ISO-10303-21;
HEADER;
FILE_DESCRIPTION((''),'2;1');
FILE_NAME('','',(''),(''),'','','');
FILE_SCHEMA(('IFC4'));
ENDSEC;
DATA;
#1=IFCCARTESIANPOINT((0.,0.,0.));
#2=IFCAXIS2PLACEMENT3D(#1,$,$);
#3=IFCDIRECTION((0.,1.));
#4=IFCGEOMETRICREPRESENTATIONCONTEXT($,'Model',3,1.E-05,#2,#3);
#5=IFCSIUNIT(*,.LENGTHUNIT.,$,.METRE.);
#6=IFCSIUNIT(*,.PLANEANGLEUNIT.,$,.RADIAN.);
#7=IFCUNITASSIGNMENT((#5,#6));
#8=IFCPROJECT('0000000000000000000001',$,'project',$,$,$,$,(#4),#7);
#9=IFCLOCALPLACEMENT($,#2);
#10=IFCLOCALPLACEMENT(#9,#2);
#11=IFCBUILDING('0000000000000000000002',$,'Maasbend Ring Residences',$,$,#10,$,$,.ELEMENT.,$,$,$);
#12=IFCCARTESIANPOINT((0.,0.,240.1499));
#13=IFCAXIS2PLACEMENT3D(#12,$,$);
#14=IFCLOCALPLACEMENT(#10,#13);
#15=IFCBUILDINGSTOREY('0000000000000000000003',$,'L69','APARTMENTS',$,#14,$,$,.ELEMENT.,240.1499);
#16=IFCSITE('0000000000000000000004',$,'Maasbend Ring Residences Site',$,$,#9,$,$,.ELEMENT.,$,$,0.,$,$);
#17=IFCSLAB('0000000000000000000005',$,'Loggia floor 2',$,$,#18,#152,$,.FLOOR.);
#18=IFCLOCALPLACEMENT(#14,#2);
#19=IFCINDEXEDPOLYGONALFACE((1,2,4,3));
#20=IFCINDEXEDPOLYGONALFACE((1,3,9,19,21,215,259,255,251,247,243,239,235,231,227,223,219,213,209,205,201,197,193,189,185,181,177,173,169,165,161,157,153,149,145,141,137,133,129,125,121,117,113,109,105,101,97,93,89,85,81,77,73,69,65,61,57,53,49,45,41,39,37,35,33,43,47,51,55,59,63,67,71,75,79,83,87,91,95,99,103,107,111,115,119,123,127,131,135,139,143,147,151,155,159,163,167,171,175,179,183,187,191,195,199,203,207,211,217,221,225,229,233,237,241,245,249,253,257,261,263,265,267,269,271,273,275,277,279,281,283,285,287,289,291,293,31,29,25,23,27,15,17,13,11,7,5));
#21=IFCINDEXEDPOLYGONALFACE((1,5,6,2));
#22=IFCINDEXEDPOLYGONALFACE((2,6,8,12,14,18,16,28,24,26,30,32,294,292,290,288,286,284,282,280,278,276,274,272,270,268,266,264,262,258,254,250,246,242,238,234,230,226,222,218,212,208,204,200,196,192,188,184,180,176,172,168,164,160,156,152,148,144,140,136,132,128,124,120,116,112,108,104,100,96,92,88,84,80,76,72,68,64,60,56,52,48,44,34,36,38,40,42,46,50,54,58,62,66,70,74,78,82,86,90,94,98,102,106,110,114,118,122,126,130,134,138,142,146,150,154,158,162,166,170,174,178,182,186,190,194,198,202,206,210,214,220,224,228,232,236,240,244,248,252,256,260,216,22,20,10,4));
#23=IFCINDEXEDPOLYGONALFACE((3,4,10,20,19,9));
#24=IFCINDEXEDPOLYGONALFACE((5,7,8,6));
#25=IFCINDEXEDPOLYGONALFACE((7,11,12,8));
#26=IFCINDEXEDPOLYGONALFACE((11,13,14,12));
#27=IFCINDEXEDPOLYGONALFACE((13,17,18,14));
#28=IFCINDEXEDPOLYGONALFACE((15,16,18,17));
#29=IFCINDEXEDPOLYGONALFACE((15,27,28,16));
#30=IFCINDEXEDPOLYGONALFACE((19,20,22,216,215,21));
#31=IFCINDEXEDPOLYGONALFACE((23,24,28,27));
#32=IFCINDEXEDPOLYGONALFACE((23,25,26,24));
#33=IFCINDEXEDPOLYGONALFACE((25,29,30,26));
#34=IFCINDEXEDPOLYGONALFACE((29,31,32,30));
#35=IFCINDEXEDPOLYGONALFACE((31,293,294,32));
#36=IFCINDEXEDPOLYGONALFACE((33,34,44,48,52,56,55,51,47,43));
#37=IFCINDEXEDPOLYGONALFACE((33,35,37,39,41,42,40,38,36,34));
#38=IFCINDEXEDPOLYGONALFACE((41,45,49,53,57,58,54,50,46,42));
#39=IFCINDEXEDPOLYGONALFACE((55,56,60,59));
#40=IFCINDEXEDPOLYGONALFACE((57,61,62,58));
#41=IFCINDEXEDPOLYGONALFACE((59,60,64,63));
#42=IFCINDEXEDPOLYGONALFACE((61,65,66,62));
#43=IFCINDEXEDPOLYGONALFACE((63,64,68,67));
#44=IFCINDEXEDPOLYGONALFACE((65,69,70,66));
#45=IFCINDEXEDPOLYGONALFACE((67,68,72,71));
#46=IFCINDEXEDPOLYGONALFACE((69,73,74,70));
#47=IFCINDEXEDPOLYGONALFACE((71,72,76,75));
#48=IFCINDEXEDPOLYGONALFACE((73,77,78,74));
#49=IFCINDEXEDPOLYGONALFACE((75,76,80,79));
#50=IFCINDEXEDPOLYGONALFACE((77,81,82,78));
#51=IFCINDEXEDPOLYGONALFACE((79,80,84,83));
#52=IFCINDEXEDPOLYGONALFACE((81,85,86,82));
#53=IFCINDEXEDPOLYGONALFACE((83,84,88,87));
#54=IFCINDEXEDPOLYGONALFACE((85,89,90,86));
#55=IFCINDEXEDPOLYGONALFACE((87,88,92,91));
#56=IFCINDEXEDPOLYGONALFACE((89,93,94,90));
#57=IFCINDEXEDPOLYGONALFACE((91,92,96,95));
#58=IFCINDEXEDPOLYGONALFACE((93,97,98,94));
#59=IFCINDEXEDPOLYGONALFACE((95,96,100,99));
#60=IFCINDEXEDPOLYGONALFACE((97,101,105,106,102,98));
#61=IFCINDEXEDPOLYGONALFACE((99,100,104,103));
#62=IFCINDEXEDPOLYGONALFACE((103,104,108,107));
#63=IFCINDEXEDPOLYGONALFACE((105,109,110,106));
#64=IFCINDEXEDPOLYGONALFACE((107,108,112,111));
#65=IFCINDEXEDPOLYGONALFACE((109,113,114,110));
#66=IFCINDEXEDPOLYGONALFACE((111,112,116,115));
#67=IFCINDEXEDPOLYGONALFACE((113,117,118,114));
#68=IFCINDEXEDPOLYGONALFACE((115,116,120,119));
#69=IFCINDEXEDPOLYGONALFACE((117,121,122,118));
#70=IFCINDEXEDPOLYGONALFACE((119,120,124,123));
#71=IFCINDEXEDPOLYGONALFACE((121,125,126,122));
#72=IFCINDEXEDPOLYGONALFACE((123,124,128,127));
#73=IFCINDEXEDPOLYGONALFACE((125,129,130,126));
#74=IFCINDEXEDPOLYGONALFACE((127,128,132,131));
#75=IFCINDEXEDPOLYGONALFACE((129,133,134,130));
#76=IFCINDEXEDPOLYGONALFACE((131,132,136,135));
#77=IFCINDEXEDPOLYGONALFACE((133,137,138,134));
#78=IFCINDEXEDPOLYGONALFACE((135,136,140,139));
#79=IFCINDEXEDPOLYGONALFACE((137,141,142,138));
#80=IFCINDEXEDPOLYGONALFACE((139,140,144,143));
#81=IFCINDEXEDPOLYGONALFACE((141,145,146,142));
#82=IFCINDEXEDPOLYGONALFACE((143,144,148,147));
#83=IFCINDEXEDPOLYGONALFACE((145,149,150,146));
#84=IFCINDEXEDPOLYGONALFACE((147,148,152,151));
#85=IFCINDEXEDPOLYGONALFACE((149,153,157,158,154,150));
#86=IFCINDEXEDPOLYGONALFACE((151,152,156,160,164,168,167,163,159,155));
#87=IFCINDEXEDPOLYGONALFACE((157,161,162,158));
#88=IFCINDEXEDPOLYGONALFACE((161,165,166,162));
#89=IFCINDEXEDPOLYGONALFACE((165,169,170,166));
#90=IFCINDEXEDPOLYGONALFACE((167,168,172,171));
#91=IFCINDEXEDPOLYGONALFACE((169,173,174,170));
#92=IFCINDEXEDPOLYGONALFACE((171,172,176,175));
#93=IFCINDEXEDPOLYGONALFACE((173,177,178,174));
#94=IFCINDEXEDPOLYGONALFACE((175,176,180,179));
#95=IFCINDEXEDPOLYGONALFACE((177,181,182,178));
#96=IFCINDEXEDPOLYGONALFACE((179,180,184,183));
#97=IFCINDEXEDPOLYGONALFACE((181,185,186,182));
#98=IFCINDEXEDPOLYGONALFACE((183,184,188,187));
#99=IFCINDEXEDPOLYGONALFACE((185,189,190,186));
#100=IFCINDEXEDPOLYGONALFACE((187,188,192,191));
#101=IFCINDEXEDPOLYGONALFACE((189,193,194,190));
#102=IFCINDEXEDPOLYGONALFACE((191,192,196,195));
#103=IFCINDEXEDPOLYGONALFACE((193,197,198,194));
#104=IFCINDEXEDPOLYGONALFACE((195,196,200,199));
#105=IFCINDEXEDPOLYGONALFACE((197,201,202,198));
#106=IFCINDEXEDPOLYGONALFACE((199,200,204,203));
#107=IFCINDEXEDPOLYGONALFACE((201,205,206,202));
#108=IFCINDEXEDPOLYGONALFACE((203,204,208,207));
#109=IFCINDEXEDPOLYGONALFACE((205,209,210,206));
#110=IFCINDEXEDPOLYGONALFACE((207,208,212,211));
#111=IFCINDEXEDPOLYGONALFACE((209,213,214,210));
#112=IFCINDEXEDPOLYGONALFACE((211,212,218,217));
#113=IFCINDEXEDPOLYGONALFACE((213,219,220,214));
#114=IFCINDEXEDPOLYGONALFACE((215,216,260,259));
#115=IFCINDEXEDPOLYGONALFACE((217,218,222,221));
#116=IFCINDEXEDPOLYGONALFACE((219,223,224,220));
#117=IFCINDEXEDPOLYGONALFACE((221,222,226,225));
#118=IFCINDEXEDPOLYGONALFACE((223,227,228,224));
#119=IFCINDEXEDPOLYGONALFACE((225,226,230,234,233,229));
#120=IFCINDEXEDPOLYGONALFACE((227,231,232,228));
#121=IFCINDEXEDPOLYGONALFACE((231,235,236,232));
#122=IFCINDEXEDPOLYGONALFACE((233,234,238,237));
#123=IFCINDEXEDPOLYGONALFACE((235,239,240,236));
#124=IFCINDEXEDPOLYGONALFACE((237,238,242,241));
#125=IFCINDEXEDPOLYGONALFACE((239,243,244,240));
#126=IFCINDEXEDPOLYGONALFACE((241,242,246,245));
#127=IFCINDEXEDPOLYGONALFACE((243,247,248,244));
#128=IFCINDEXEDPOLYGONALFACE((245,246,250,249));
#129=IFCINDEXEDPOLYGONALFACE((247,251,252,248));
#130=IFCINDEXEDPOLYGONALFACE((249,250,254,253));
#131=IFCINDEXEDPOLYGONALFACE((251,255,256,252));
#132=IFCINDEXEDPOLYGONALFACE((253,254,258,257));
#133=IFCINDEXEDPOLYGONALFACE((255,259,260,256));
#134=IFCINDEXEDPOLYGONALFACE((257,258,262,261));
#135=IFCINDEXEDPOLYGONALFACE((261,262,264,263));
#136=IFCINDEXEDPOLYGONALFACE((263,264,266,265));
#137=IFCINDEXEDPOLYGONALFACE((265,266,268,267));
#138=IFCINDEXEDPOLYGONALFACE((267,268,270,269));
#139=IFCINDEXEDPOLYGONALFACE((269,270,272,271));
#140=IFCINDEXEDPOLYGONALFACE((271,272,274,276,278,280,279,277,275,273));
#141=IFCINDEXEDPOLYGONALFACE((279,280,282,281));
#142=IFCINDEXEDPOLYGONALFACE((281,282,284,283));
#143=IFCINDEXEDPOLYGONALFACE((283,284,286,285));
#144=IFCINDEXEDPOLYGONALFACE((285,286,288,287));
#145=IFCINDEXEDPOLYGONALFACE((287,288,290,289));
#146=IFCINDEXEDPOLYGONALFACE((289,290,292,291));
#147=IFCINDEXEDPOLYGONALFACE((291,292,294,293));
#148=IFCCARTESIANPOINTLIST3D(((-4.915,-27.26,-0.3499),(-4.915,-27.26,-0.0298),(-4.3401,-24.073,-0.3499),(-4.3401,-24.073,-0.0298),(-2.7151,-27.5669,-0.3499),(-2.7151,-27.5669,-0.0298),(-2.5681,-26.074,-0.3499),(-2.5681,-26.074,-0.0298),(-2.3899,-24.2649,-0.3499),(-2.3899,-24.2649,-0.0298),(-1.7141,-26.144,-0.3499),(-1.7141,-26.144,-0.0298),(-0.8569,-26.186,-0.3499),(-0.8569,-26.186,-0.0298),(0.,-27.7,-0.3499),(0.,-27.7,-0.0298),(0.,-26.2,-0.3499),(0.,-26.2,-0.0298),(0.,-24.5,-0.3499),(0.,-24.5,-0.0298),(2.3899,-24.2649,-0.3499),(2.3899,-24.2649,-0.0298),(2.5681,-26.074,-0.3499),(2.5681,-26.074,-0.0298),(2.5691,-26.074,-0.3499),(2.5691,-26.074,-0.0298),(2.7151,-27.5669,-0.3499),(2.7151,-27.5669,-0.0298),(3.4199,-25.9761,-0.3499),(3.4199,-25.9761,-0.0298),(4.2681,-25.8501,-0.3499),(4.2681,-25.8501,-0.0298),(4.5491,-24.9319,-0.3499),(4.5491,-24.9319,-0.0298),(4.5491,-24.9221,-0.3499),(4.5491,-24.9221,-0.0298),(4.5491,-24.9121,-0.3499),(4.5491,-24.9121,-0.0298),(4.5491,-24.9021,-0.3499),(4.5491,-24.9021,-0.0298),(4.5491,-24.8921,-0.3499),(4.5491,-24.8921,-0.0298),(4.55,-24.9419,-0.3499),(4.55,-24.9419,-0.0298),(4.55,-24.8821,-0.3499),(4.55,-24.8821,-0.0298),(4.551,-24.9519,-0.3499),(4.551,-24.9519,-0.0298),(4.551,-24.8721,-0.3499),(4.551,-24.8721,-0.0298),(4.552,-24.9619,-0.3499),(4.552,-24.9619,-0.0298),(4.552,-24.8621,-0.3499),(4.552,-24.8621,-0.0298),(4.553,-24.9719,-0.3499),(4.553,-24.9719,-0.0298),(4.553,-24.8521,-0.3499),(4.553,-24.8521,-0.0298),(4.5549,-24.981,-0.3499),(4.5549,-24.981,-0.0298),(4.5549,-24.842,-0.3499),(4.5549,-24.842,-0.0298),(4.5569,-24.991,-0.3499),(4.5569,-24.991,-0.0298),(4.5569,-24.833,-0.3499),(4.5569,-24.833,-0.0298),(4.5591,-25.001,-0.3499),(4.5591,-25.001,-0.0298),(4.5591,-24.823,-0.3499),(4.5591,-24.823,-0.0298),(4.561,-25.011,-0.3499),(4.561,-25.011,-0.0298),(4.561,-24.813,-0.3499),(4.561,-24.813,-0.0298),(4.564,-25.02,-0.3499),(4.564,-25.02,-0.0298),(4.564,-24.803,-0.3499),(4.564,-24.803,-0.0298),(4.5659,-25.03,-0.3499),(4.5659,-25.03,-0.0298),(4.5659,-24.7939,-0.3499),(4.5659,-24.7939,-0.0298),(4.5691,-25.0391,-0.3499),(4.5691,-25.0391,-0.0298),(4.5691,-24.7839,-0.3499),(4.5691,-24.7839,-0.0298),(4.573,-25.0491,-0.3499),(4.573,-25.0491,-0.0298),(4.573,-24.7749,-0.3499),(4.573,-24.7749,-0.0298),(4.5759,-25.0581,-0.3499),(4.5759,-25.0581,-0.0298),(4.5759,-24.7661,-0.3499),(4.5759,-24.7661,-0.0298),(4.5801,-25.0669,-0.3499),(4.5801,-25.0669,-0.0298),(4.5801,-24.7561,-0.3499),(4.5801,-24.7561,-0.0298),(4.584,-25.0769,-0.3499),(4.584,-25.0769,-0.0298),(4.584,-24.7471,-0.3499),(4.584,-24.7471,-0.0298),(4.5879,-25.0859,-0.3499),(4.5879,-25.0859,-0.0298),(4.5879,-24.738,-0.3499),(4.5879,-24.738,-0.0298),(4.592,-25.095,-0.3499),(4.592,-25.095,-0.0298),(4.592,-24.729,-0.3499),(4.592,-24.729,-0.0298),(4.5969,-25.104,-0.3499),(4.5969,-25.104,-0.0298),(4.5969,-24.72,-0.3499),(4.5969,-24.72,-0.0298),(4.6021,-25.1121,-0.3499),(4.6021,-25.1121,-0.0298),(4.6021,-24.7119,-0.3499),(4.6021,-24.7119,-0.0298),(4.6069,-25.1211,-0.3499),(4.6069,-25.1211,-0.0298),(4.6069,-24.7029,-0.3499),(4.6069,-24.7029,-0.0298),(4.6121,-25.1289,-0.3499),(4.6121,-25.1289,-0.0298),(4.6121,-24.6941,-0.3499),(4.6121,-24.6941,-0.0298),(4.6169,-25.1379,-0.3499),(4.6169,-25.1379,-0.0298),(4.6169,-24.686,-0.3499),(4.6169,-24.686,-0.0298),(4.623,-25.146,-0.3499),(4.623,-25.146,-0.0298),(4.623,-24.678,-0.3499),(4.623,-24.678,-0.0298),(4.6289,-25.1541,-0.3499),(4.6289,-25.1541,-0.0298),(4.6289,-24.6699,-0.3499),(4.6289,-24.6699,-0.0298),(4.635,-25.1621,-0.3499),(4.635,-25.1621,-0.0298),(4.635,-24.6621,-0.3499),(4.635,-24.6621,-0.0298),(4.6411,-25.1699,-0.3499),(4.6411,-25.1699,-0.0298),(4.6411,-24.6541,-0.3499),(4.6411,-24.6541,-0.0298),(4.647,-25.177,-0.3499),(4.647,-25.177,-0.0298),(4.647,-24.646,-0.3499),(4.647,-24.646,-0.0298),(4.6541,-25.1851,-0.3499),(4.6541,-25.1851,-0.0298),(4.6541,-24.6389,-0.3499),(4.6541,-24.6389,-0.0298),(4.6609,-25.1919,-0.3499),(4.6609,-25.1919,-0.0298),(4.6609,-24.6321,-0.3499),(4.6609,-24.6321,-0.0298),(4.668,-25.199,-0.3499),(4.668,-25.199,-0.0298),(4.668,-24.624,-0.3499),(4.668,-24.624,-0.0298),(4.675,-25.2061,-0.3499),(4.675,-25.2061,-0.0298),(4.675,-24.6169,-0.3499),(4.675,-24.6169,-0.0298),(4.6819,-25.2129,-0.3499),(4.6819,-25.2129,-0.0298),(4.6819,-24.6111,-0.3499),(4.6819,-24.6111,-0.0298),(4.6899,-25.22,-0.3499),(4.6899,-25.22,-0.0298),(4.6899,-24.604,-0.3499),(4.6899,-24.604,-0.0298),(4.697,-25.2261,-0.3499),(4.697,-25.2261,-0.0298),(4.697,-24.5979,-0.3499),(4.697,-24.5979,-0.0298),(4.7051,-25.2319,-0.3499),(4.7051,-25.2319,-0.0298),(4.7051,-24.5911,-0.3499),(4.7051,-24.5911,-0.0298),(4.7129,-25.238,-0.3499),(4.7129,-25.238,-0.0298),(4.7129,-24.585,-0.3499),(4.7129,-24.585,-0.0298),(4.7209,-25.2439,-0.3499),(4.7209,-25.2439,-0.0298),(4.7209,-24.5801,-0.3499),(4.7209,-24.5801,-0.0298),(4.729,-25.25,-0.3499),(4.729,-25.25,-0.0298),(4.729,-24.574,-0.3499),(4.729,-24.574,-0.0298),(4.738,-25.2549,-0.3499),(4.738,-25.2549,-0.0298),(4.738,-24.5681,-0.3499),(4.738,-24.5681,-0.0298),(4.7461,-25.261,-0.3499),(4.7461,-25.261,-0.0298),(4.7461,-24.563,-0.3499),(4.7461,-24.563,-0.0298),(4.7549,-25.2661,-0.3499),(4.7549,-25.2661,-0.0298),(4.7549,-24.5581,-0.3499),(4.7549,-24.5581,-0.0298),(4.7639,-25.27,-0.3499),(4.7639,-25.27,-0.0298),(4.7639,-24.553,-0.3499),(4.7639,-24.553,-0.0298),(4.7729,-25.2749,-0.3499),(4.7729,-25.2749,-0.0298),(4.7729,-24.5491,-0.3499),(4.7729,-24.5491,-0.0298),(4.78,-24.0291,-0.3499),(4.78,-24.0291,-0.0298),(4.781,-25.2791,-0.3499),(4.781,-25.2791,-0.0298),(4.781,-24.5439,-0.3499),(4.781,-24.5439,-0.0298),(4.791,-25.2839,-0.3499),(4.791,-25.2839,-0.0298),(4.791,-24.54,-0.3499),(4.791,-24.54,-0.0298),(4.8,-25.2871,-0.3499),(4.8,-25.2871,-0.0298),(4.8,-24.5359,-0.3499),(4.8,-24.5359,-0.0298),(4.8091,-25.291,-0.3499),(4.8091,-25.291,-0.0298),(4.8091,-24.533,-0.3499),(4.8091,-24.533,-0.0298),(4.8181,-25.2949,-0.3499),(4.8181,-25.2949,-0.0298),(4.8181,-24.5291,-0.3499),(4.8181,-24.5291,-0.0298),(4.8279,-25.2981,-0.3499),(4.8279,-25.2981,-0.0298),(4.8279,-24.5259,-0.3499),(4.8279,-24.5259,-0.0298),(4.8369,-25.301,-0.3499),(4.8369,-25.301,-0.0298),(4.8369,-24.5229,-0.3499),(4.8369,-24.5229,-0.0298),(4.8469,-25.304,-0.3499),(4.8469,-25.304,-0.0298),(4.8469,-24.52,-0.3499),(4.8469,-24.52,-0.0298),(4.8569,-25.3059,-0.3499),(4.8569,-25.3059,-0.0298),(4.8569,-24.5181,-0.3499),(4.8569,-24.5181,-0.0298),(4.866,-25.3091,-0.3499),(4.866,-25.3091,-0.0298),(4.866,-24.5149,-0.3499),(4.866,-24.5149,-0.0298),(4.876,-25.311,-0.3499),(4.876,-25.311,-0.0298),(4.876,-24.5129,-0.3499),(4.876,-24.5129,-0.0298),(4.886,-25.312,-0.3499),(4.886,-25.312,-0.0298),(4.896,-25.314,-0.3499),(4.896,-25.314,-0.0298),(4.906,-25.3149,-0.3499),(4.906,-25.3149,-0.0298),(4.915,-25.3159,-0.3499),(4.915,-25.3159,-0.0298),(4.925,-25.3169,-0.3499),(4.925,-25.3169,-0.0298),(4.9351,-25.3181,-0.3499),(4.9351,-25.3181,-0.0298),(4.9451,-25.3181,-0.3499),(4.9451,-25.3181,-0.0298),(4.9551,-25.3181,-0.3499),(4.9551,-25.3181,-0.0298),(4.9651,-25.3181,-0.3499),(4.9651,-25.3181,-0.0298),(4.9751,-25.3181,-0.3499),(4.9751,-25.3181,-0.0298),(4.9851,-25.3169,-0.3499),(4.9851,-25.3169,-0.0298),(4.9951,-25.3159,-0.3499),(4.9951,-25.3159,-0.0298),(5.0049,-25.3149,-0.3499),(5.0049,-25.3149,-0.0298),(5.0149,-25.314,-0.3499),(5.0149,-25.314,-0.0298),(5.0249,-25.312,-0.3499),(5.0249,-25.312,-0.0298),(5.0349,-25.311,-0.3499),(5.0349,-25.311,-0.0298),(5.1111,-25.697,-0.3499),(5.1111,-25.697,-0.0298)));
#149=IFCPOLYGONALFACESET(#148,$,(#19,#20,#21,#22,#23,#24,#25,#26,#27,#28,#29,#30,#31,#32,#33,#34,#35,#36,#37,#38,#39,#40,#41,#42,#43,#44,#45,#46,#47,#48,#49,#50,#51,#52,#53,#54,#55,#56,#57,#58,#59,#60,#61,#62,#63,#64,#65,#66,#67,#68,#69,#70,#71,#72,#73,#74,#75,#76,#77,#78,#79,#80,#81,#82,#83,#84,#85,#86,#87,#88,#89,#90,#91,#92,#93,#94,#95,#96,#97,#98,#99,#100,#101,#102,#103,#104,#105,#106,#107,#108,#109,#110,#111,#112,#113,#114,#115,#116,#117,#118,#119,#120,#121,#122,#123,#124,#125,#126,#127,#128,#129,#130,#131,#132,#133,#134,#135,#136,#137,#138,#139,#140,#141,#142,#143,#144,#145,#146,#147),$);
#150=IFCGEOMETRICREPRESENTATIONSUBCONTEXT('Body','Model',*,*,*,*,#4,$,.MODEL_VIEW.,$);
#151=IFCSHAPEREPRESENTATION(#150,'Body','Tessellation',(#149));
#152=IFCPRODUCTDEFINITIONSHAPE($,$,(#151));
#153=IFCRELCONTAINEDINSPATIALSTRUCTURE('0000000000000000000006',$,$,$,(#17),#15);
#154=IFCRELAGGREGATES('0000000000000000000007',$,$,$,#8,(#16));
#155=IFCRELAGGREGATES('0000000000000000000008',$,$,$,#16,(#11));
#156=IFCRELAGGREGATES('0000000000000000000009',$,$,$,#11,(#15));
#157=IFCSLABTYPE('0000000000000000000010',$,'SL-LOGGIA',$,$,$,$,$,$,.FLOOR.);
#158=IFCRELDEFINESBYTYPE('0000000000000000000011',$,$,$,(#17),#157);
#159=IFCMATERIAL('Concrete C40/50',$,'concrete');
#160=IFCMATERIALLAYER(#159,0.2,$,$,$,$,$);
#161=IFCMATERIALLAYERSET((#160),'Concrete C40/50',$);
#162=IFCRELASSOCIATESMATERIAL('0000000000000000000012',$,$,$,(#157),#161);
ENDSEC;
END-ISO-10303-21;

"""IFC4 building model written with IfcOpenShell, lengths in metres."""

from ifc_helpers import new_model, si_unit, direction, frame, origin, place, context, subcontext, project, spatial, polyline, outline, extrude, material, layer, layer_set, type_object, element, save


model = new_model("IFC4")

# Units and contexts
model_context = context("Model", 3, precision=1e-05, world=origin(), true_north=direction((0.0, 1.0)))
body_context = subcontext(model_context, "Body", "Model", "MODEL_VIEW")
ifc_project = project(units=[si_unit("LENGTHUNIT", "METRE"), si_unit("PLANEANGLEUNIT", "RADIAN")], contexts=[model_context])

# Site, building, storey
site_placement = place(None, origin())
site = spatial("IfcSite", under=ifc_project, at=site_placement, Name="Maasbend Ring Residences Site", CompositionType="ELEMENT", RefElevation=0.0)
building_placement = place(site_placement, origin())
building = spatial("IfcBuilding", under=site, at=building_placement, Name="Maasbend Ring Residences", CompositionType="ELEMENT")
storey_placement = place(building_placement, frame((0.0, 0.0, 240.1499)))
storey = spatial("IfcBuildingStorey", under=building, at=storey_placement, Name="L69", Description="APARTMENTS", CompositionType="ELEMENT", Elevation=240.1499)

# Slab
ifc_material_1 = material(Name="Concrete C40/50", Category="concrete")
ifc_layer_1 = layer(ifc_material_1, 0.2)
ifc_layer_set_1 = layer_set([ifc_layer_1], Name="Concrete C40/50")
slab_type = type_object("IfcSlabType", Name="SL-LOGGIA", PredefinedType="FLOOR", material=ifc_layer_set_1)
slab_1_placement = place(storey_placement, frame((0.0, 0.0, -0.3499)))
element("IfcSlab", 1, at=slab_1_placement, inside=storey, type_object=slab_type, Name="Loggia floor 2", PredefinedType="FLOOR", context=body_context, shape_type="SweptSolid", body=[
    extrude(outline(polyline([(-2.3899, -24.2649), (0.0, -24.5), (0.0, -24.5), (0.0, -24.5), (2.3899, -24.2649), (4.78, -24.0291), (4.78, -24.0291), (4.78, -24.0291), (4.876, -24.5129), (4.866, -24.5149), (4.8569, -24.5181), (4.8469, -24.52), (4.8369, -24.5229), (4.8279, -24.5259), (4.8181, -24.5291), (4.8091, -24.533), (4.8, -24.5359), (4.791, -24.54), (4.781, -24.5439), (4.7729, -24.5491), (4.7639, -24.553), (4.7549, -24.5581), (4.7461, -24.563), (4.738, -24.5681), (4.729, -24.574), (4.7209, -24.5801), (4.7129, -24.585), (4.7051, -24.5911), (4.697, -24.5979), (4.6899, -24.604), (4.6819, -24.6111), (4.675, -24.6169), (4.668, -24.624), (4.6609, -24.6321), (4.6541, -24.6389), (4.647, -24.646), (4.6411, -24.6541), (4.635, -24.6621), (4.6289, -24.6699), (4.623, -24.678), (4.6169, -24.686), (4.6121, -24.6941), (4.6069, -24.7029), (4.6021, -24.7119), (4.5969, -24.72), (4.592, -24.729), (4.5879, -24.738), (4.584, -24.7471), (4.5801, -24.7561), (4.5759, -24.7661), (4.573, -24.7749), (4.5691, -24.7839), (4.5659, -24.7939), (4.564, -24.803), (4.561, -24.813), (4.5591, -24.823), (4.5569, -24.833), (4.5549, -24.842), (4.553, -24.8521), (4.552, -24.8621), (4.551, -24.8721), (4.55, -24.8821), (4.5491, -24.8921), (4.5491, -24.9021), (4.5491, -24.9121), (4.5491, -24.9221), (4.5491, -24.9319), (4.55, -24.9419), (4.551, -24.9519), (4.552, -24.9619), (4.553, -24.9719), (4.5549, -24.981), (4.5569, -24.991), (4.5591, -25.001), (4.561, -25.011), (4.564, -25.02), (4.5659, -25.03), (4.5691, -25.0391), (4.573, -25.0491), (4.5759, -25.0581), (4.5801, -25.0669), (4.584, -25.0769), (4.5879, -25.0859), (4.592, -25.095), (4.5969, -25.104), (4.6021, -25.1121), (4.6069, -25.1211), (4.6121, -25.1289), (4.6169, -25.1379), (4.623, -25.146), (4.6289, -25.1541), (4.635, -25.1621), (4.6411, -25.1699), (4.647, -25.177), (4.6541, -25.1851), (4.6609, -25.1919), (4.668, -25.199), (4.675, -25.2061), (4.6819, -25.2129), (4.6899, -25.22), (4.697, -25.2261), (4.7051, -25.2319), (4.7129, -25.238), (4.7209, -25.2439), (4.729, -25.25), (4.738, -25.2549), (4.7461, -25.261), (4.7549, -25.2661), (4.7639, -25.27), (4.7729, -25.2749), (4.781, -25.2791), (4.791, -25.2839), (4.8, -25.2871), (4.8091, -25.291), (4.8181, -25.2949), (4.8279, -25.2981), (4.8369, -25.301), (4.8469, -25.304), (4.8569, -25.3059), (4.866, -25.3091), (4.876, -25.311), (4.886, -25.312), (4.896, -25.314), (4.906, -25.3149), (4.915, -25.3159), (4.925, -25.3169), (4.9351, -25.3181), (4.9451, -25.3181), (4.9551, -25.3181), (4.9651, -25.3181), (4.9751, -25.3181), (4.9851, -25.3169), (4.9951, -25.3159), (5.0049, -25.3149), (5.0149, -25.314), (5.0249, -25.312), (5.0349, -25.311), (5.1111, -25.697), (5.1111, -25.697), (5.1111, -25.697), (4.2681, -25.8501), (4.2681, -25.8501), (3.4199, -25.9761), (3.4199, -25.9761), (2.5691, -26.074), (2.5681, -26.074), (2.5681, -26.074), (2.5681, -26.074), (2.5681, -26.074), (2.5681, -26.074), (2.5681, -26.074), (2.5681, -26.074), (2.5681, -26.074), (2.5681, -26.074), (2.5681, -26.074), (2.5681, -26.074), (2.5681, -26.074), (2.5681, -26.074), (2.5681, -26.074), (2.5681, -26.074), (2.5681, -26.074), (2.7151, -27.5669), (2.7151, -27.5669), (2.7151, -27.5669), (0.0, -27.7), (0.0, -27.7), (0.0, -27.7), (0.0, -26.2), (0.0, -26.2), (0.0, -26.2), (0.0, -26.2), (0.0, -26.2), (0.0, -26.2), (0.0, -26.2), (0.0, -26.2), (0.0, -26.2), (0.0, -26.2), (0.0, -26.2), (0.0, -26.2), (0.0, -26.2), (0.0, -26.2), (0.0, -26.2), (0.0, -26.2), (0.0, -26.2), (-0.8569, -26.186), (-0.8569, -26.186), (-1.7141, -26.144), (-1.7141, -26.144), (-2.5681, -26.074), (-2.5681, -26.074), (-2.5681, -26.074), (-2.5681, -26.074), (-2.5681, -26.074), (-2.5681, -26.074), (-2.5681, -26.074), (-2.5681, -26.074), (-2.5681, -26.074), (-2.5681, -26.074), (-2.5681, -26.074), (-2.5681, -26.074), (-2.5681, -26.074), (-2.5681, -26.074), (-2.5681, -26.074), (-2.5681, -26.074), (-2.5681, -26.074), (-2.7151, -27.5669), (-2.7151, -27.5669), (-2.7151, -27.5669), (-4.915, -27.26), (-4.915, -27.26), (-4.915, -27.26), (-4.3401, -24.073), (-4.3401, -24.073), (-4.3401, -24.073), (-2.3899, -24.2649)])), origin(), (0.0, 0.0, 1.0), 0.3201),
])

save(model, "model.ifc")
